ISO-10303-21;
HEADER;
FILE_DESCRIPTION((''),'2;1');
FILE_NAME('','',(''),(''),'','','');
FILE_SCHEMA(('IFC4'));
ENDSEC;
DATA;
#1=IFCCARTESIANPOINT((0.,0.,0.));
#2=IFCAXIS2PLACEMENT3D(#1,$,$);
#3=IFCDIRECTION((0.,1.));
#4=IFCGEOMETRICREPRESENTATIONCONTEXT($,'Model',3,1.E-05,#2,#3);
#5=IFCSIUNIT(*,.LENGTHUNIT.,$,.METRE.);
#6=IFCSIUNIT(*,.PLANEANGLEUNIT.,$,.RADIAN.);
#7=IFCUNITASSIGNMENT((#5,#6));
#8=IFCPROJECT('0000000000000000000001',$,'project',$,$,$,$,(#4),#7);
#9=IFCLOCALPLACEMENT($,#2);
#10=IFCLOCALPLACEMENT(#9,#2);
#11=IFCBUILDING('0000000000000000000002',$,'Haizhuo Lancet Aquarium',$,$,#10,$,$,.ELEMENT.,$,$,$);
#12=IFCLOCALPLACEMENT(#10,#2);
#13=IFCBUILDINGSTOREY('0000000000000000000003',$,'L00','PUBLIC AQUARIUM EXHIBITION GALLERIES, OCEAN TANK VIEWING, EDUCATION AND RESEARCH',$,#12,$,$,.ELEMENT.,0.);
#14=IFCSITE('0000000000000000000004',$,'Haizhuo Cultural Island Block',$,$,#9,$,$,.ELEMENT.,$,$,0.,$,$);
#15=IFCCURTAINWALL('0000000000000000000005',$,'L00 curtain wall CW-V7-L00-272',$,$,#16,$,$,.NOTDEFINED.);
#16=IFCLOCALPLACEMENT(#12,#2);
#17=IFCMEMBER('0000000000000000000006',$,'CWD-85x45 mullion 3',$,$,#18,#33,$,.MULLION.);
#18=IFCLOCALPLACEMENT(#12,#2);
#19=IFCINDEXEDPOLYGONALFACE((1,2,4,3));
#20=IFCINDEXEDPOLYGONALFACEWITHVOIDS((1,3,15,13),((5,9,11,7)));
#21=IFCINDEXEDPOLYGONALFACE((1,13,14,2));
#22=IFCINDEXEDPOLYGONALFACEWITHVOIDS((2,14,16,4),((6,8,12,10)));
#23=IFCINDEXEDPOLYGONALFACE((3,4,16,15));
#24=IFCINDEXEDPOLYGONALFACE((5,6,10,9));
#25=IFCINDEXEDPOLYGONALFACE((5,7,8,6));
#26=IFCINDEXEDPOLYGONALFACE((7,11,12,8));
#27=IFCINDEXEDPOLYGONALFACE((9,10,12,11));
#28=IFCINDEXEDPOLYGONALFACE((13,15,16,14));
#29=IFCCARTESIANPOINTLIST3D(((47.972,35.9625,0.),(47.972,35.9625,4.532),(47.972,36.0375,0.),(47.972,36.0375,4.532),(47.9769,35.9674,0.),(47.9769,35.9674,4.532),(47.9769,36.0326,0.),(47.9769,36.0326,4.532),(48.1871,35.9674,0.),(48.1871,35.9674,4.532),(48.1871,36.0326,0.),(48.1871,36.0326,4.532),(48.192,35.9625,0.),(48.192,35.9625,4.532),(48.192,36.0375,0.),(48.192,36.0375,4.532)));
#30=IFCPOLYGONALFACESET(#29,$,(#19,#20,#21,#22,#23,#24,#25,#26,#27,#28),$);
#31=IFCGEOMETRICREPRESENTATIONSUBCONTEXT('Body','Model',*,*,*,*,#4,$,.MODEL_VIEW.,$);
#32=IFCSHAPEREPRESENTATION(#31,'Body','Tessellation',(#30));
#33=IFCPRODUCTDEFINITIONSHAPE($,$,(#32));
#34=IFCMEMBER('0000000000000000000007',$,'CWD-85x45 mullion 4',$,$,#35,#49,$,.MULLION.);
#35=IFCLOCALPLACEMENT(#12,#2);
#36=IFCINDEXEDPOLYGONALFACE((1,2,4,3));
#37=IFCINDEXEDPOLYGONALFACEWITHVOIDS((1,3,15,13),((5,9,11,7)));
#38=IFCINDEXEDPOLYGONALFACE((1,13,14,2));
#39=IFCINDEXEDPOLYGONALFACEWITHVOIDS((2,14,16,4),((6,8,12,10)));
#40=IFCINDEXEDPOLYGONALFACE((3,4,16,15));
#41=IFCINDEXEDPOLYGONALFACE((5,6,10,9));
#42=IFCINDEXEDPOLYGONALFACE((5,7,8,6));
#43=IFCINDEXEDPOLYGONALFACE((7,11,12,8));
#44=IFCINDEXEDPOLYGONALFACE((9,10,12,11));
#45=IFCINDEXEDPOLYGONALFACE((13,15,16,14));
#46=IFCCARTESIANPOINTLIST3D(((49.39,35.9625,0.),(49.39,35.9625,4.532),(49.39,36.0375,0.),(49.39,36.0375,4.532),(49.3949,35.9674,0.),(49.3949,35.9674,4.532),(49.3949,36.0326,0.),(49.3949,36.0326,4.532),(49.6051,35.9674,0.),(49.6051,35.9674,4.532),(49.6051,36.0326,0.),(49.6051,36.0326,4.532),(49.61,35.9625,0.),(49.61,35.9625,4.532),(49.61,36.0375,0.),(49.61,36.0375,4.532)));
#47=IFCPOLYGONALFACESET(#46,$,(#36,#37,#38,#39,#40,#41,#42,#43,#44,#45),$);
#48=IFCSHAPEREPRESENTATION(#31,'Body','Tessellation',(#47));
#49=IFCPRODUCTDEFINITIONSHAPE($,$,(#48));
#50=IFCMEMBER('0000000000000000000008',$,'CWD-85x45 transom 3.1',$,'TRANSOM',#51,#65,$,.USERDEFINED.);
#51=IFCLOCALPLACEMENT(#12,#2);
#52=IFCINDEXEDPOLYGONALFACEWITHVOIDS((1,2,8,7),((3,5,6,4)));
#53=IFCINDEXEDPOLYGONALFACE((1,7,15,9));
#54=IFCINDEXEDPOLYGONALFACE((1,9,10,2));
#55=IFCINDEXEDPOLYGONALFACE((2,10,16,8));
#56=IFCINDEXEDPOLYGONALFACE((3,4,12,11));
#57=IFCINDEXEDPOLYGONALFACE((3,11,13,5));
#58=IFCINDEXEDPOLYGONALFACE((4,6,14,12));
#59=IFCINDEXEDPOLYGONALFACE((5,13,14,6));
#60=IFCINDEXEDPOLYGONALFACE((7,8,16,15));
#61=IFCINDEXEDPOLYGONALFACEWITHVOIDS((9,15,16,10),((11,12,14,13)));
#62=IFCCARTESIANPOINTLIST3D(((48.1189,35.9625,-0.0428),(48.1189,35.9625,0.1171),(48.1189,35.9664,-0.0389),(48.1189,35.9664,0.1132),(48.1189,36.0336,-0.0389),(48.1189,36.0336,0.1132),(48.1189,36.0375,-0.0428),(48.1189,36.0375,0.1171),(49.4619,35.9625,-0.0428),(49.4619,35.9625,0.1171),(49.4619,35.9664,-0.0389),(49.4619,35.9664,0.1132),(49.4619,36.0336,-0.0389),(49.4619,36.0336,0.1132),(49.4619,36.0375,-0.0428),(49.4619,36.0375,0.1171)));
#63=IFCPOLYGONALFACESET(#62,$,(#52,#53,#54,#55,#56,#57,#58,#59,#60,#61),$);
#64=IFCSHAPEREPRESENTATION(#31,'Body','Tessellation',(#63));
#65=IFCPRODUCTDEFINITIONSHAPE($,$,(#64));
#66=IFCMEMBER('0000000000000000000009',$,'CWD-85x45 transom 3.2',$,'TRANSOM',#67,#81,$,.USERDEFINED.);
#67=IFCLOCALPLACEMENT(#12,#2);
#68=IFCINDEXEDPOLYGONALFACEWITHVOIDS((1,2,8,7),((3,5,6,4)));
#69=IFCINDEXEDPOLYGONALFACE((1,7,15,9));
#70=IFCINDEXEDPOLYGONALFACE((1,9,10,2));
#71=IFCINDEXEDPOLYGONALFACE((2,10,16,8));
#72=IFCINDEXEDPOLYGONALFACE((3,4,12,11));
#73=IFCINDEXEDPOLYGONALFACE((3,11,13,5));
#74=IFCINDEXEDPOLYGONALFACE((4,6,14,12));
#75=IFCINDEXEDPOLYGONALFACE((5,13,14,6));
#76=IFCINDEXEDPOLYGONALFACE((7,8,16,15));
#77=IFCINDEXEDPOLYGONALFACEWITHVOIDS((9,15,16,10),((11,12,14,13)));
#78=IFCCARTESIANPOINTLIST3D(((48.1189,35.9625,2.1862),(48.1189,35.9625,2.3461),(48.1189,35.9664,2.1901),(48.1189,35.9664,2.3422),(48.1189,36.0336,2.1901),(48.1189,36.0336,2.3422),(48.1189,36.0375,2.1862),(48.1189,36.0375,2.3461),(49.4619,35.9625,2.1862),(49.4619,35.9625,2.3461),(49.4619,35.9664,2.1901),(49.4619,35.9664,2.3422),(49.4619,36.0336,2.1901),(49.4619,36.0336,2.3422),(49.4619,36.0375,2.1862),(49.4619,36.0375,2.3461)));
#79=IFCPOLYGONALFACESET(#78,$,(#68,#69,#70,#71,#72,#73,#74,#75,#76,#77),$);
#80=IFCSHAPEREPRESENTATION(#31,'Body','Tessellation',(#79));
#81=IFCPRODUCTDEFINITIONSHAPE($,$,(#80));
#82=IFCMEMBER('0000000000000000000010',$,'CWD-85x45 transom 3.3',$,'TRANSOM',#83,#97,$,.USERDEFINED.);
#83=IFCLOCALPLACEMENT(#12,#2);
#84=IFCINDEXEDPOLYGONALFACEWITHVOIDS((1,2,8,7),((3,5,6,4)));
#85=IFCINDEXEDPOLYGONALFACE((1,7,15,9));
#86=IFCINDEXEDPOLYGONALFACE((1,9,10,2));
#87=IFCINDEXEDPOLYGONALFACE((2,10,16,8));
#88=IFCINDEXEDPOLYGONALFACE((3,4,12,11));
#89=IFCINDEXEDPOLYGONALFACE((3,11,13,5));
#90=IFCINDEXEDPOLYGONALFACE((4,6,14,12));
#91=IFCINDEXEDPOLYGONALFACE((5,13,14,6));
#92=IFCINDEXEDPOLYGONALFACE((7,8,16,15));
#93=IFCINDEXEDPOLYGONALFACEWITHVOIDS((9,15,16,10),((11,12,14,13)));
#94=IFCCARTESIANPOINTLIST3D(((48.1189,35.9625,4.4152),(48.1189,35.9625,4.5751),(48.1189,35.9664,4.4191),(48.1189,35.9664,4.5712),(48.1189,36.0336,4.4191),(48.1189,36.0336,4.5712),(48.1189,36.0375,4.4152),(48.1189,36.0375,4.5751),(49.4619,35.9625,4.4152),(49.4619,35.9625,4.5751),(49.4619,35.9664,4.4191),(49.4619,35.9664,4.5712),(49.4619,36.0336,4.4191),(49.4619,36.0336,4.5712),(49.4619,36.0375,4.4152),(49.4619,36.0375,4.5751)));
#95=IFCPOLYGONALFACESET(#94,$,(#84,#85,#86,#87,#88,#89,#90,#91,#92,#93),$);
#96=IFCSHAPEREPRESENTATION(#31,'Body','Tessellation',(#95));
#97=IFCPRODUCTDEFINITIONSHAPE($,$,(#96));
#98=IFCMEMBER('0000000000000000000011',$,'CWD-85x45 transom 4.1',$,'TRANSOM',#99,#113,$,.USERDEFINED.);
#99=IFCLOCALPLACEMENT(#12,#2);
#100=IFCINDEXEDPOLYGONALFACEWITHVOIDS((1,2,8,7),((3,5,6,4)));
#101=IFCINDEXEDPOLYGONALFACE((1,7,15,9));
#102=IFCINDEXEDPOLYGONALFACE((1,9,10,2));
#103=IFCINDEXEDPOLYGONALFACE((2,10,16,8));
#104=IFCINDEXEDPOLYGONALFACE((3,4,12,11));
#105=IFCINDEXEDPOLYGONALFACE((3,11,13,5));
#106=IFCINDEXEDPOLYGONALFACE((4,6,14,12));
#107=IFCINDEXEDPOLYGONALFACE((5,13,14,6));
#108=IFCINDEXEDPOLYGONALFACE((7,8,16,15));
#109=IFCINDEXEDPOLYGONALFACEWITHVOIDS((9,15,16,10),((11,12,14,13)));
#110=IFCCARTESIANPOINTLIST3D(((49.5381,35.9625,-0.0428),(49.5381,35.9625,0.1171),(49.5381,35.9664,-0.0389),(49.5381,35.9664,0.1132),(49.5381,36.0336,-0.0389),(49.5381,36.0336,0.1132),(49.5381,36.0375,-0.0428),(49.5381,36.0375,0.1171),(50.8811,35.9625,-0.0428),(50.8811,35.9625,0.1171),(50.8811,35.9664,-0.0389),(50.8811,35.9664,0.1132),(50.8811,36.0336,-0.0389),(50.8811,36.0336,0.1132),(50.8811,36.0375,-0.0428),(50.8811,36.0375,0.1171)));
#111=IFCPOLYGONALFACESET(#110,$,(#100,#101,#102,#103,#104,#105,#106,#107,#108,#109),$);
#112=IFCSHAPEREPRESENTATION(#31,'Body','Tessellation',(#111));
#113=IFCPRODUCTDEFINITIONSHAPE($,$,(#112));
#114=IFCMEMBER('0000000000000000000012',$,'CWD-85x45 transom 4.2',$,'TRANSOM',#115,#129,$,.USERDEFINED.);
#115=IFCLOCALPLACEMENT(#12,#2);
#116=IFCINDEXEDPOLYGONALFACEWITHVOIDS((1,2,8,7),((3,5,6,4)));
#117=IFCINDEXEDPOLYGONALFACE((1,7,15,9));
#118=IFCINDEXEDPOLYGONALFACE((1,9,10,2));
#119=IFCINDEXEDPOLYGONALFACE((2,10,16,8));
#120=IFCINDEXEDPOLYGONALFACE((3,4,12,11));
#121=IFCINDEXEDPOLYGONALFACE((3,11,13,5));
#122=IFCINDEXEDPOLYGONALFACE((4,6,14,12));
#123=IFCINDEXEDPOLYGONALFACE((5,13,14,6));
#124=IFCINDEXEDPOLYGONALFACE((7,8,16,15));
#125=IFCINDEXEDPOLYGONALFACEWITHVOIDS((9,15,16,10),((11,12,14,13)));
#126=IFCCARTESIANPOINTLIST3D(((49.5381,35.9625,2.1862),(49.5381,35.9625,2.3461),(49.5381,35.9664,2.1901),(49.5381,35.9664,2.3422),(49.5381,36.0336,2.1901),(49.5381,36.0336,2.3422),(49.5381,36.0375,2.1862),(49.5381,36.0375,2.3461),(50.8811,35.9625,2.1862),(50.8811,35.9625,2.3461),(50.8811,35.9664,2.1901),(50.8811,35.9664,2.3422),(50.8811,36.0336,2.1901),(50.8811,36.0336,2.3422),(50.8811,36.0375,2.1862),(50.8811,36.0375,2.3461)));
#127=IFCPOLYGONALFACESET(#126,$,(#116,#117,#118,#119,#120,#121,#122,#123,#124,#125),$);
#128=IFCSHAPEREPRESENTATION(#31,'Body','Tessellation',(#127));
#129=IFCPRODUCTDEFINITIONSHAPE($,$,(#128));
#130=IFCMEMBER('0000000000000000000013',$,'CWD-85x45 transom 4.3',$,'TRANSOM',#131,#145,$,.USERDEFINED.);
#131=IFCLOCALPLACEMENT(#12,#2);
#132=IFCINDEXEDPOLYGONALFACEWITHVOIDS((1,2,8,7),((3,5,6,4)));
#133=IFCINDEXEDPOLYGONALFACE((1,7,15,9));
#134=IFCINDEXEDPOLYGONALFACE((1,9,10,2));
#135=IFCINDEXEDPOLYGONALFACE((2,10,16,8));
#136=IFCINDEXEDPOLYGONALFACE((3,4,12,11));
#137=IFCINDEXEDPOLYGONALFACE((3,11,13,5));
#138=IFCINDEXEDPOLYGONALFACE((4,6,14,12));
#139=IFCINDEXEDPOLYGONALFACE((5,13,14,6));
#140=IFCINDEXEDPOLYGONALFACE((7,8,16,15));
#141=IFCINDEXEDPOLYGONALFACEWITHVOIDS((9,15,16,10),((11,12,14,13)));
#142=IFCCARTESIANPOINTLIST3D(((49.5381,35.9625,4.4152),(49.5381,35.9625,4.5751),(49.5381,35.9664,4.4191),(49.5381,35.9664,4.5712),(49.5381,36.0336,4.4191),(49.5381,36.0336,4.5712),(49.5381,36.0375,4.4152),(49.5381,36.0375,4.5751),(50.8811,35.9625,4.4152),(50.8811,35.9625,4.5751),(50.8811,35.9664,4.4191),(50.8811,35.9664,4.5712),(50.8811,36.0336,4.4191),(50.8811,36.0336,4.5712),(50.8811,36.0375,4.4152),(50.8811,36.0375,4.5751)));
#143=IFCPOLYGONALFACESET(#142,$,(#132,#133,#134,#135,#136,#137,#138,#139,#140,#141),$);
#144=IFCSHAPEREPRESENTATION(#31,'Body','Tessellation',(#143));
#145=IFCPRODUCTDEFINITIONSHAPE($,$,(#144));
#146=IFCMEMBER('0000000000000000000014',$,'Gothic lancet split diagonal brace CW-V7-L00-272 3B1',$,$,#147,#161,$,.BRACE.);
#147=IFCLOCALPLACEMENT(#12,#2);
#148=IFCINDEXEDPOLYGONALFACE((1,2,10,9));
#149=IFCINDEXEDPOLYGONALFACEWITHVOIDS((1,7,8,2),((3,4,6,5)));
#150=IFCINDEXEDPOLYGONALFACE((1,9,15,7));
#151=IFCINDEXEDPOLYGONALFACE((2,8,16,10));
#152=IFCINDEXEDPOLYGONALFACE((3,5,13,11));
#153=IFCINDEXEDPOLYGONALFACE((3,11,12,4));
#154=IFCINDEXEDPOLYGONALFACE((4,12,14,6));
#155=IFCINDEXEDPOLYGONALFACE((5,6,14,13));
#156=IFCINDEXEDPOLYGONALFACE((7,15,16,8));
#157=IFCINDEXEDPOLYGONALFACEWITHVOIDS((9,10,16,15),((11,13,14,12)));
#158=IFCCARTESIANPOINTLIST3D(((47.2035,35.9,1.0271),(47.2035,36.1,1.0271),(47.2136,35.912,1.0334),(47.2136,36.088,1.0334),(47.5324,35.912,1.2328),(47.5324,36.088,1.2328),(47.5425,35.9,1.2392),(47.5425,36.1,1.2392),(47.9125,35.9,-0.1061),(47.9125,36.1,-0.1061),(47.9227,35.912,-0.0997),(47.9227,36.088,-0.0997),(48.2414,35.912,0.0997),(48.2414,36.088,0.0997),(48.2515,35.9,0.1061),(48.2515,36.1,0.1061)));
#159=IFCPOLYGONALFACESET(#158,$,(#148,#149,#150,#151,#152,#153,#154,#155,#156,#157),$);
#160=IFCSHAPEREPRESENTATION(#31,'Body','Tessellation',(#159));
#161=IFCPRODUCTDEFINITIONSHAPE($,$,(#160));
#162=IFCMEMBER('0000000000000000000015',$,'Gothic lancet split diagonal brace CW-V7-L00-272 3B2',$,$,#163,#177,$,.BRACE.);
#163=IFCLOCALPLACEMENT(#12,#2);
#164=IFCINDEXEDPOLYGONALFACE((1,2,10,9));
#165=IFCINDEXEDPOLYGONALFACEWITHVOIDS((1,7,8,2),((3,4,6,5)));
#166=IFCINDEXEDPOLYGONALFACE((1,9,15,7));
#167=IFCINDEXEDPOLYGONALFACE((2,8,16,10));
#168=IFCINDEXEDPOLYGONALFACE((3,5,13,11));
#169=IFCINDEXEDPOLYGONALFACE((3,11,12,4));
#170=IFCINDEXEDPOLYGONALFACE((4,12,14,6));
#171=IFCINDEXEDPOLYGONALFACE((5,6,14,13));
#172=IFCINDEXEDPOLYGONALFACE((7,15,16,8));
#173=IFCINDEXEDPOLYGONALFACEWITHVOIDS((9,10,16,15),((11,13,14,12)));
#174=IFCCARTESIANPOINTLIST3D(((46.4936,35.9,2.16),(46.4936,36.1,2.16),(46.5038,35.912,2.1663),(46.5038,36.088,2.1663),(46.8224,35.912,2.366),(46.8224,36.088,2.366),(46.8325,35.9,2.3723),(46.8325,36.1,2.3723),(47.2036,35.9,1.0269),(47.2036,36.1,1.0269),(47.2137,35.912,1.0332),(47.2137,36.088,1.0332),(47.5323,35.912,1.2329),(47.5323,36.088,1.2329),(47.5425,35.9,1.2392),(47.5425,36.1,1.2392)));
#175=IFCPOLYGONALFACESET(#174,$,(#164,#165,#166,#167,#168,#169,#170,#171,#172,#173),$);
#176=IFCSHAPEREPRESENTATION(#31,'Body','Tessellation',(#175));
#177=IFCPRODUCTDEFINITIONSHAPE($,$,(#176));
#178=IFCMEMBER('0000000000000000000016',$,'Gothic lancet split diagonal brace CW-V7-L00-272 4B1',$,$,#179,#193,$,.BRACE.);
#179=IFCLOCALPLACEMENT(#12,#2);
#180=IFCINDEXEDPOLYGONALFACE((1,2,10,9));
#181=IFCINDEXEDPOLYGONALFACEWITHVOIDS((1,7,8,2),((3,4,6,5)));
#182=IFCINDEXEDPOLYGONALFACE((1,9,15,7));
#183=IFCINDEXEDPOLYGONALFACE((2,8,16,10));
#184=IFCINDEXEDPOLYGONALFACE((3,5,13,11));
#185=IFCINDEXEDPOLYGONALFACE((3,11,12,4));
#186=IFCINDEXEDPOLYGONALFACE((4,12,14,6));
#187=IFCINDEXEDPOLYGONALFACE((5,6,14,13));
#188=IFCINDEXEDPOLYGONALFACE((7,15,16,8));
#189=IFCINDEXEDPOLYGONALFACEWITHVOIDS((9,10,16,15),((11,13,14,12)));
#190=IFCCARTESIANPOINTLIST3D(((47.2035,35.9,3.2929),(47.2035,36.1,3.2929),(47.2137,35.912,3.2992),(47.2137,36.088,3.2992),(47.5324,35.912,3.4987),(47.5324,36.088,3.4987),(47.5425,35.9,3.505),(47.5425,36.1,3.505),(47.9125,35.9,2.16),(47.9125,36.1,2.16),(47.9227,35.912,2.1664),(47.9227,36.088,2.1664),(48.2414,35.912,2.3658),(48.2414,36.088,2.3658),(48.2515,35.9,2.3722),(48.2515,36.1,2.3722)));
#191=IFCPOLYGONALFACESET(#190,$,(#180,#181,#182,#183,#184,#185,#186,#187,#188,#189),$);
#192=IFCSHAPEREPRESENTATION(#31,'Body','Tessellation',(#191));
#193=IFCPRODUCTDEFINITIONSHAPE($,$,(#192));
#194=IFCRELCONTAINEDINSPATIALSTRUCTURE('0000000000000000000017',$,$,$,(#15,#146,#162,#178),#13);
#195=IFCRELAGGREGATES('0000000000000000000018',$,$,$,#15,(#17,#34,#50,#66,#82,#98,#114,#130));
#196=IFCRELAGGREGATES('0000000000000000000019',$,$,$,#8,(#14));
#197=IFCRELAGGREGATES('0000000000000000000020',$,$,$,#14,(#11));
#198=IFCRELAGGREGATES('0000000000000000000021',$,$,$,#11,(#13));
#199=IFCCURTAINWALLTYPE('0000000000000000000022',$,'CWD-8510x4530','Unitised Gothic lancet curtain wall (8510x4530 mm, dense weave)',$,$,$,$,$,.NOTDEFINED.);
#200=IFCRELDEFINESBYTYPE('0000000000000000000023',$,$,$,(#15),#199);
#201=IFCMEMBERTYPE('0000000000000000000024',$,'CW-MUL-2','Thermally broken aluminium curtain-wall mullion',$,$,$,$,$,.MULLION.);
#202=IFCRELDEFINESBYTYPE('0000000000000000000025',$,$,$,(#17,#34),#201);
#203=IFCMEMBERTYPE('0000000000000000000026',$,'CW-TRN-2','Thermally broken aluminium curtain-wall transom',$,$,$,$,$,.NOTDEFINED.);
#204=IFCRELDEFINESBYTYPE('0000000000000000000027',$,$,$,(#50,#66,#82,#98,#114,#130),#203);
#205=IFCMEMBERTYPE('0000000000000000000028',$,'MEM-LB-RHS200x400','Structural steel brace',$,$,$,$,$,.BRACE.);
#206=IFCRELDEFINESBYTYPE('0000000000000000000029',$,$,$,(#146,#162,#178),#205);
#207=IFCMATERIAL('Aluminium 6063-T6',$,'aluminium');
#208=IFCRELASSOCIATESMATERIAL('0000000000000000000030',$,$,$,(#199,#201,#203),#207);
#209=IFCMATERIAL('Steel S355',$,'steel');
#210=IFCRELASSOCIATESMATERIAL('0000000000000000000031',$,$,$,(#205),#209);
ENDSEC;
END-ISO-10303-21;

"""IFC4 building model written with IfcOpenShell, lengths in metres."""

from ifc_helpers import new_model, si_unit, direction, frame, origin, origin_2d, place, context, subcontext, project, spatial, hollow_rectangle, extrude, material, material_profile, profile_set, type_object, element, aggregate, save


model = new_model("IFC4")

# Units and contexts
model_context = context("Model", 3, precision=1e-05, world=origin(), true_north=direction((0.0, 1.0)))
body_context = subcontext(model_context, "Body", "Model", "MODEL_VIEW")
ifc_project = project(units=[si_unit("LENGTHUNIT", "METRE"), si_unit("PLANEANGLEUNIT", "RADIAN")], contexts=[model_context])

# Site, building, storey
site_placement = place(None, origin())
site = spatial("IfcSite", under=ifc_project, at=site_placement, Name="Haizhuo Cultural Island Block", CompositionType="ELEMENT", RefElevation=0.0)
building_placement = place(site_placement, origin())
building = spatial("IfcBuilding", under=site, at=building_placement, Name="Haizhuo Lancet Aquarium", CompositionType="ELEMENT")
storey_placement = place(building_placement, origin())
storey = spatial("IfcBuildingStorey", under=building, at=storey_placement, Name="L00", Description="PUBLIC AQUARIUM EXHIBITION GALLERIES, OCEAN TANK VIEWING, EDUCATION AND RESEARCH", CompositionType="ELEMENT", Elevation=0.0)

# Curtain wall, members
ifc_material_1 = material(Name="Aluminium 6063-T6", Category="aluminium")
curtain_wall_type = type_object("IfcCurtainWallType", Name="CWD-8510x4530", Description="Unitised Gothic lancet curtain wall (8510x4530 mm, dense weave)", PredefinedType="NOTDEFINED", material=ifc_material_1)
curtain_wall_placement = place(storey_placement, origin())
curtain_wall = element("IfcCurtainWall", 1, at=curtain_wall_placement, inside=storey, type_object=curtain_wall_type, Name="L00 curtain wall CW-V7-L00-272", PredefinedType="NOTDEFINED")
ifc_material_profile_1 = material_profile(ifc_material_1, hollow_rectangle(XDim=0.075, YDim=0.22, WallThickness=0.0049, at=origin_2d()), Name="ALU-M 75x220x5")
ifc_profile_set_1 = profile_set([ifc_material_profile_1], Name="Aluminium 6063-T6")
member_type_1 = type_object("IfcMemberType", Name="CW-MUL-2", Description="Thermally broken aluminium curtain-wall mullion", PredefinedType="MULLION", material=ifc_profile_set_1)
member_1_placement = place(storey_placement, frame((48.082, 36.0, 0.0), z_axis=(0.0, 0.0, 1.0), x_axis=(0.0, 1.0, 0.0)))
member_1 = element("IfcMember", 2, at=member_1_placement, type_object=member_type_1, Name="CWD-85x45 mullion 3", PredefinedType="MULLION", context=body_context, shape_type="SweptSolid", body=[
    extrude(hollow_rectangle(XDim=0.075, YDim=0.22, WallThickness=0.0049, at=origin_2d()), origin(), (0.0, 0.0, 1.0), 4.532),
])
member_2_placement = place(storey_placement, frame((49.5, 36.0, 0.0), z_axis=(0.0, 0.0, 1.0), x_axis=(0.0, 1.0, 0.0)))
member_2 = element("IfcMember", 3, at=member_2_placement, type_object=member_type_1, Name="CWD-85x45 mullion 4", PredefinedType="MULLION", context=body_context, shape_type="SweptSolid", body=[
    extrude(hollow_rectangle(XDim=0.075, YDim=0.22, WallThickness=0.0049, at=origin_2d()), origin(), (0.0, 0.0, 1.0), 4.532),
])
ifc_material_profile_2 = material_profile(ifc_material_1, hollow_rectangle(XDim=0.075, YDim=0.1599, WallThickness=0.0039, at=origin_2d()), Name="ALU-T 75x160x4")
ifc_profile_set_2 = profile_set([ifc_material_profile_2], Name="Aluminium 6063-T6")
member_type_2 = type_object("IfcMemberType", Name="CW-TRN-2", Description="Thermally broken aluminium curtain-wall transom", PredefinedType="NOTDEFINED", material=ifc_profile_set_2)
member_3_placement = place(storey_placement, frame((48.1189, 36.0, 0.0371), z_axis=(1.0, 0.0, 0.0), x_axis=(0.0, 1.0, 0.0)))
member_3 = element("IfcMember", 4, at=member_3_placement, type_object=member_type_2, Name="CWD-85x45 transom 3.1", ObjectType="TRANSOM", PredefinedType="USERDEFINED", context=body_context, shape_type="SweptSolid", body=[
    extrude(hollow_rectangle(XDim=0.075, YDim=0.1599, WallThickness=0.0039, at=origin_2d()), origin(), (0.0, 0.0, 1.0), 1.343),
])
member_4_placement = place(storey_placement, frame((48.1189, 36.0, 2.2661), z_axis=(1.0, 0.0, 0.0), x_axis=(0.0, 1.0, 0.0)))
member_4 = element("IfcMember", 5, at=member_4_placement, type_object=member_type_2, Name="CWD-85x45 transom 3.2", ObjectType="TRANSOM", PredefinedType="USERDEFINED", context=body_context, shape_type="SweptSolid", body=[
    extrude(hollow_rectangle(XDim=0.075, YDim=0.1599, WallThickness=0.0039, at=origin_2d()), origin(), (0.0, 0.0, 1.0), 1.343),
])
member_5_placement = place(storey_placement, frame((48.1189, 36.0, 4.4951), z_axis=(1.0, 0.0, 0.0), x_axis=(0.0, 1.0, 0.0)))
member_5 = element("IfcMember", 6, at=member_5_placement, type_object=member_type_2, Name="CWD-85x45 transom 3.3", ObjectType="TRANSOM", PredefinedType="USERDEFINED", context=body_context, shape_type="SweptSolid", body=[
    extrude(hollow_rectangle(XDim=0.075, YDim=0.1599, WallThickness=0.0039, at=origin_2d()), origin(), (0.0, 0.0, 1.0), 1.343),
])
member_6_placement = place(storey_placement, frame((49.5381, 36.0, 0.0371), z_axis=(1.0, 0.0, 0.0), x_axis=(0.0, 1.0, 0.0)))
member_6 = element("IfcMember", 7, at=member_6_placement, type_object=member_type_2, Name="CWD-85x45 transom 4.1", ObjectType="TRANSOM", PredefinedType="USERDEFINED", context=body_context, shape_type="SweptSolid", body=[
    extrude(hollow_rectangle(XDim=0.075, YDim=0.1599, WallThickness=0.0039, at=origin_2d()), origin(), (0.0, 0.0, 1.0), 1.343),
])
member_7_placement = place(storey_placement, frame((49.5381, 36.0, 2.2661), z_axis=(1.0, 0.0, 0.0), x_axis=(0.0, 1.0, 0.0)))
member_7 = element("IfcMember", 8, at=member_7_placement, type_object=member_type_2, Name="CWD-85x45 transom 4.2", ObjectType="TRANSOM", PredefinedType="USERDEFINED", context=body_context, shape_type="SweptSolid", body=[
    extrude(hollow_rectangle(XDim=0.075, YDim=0.1599, WallThickness=0.0039, at=origin_2d()), origin(), (0.0, 0.0, 1.0), 1.343),
])
member_8_placement = place(storey_placement, frame((49.5381, 36.0, 4.4951), z_axis=(1.0, 0.0, 0.0), x_axis=(0.0, 1.0, 0.0)))
member_8 = element("IfcMember", 9, at=member_8_placement, type_object=member_type_2, Name="CWD-85x45 transom 4.3", ObjectType="TRANSOM", PredefinedType="USERDEFINED", context=body_context, shape_type="SweptSolid", body=[
    extrude(hollow_rectangle(XDim=0.075, YDim=0.1599, WallThickness=0.0039, at=origin_2d()), origin(), (0.0, 0.0, 1.0), 1.343),
])

# Members
ifc_material_2 = material(Name="Steel S355", Category="steel")
ifc_material_profile_3 = material_profile(ifc_material_2, hollow_rectangle(XDim=0.2, YDim=0.3999, WallThickness=0.012, at=origin_2d()), Name="RHS 200x400x12")
ifc_profile_set_3 = profile_set([ifc_material_profile_3], Name="Steel S355")
member_type_3 = type_object("IfcMemberType", Name="MEM-LB-RHS200x400", Description="Structural steel brace", PredefinedType="BRACE", material=ifc_profile_set_3)
member_9_placement = place(storey_placement, frame((48.082, 36.0, 0.0), z_axis=(-0.530442, 0.0, 0.847721), x_axis=(0.0, -1.0, 0.0)))
element("IfcMember", 10, at=member_9_placement, inside=storey, type_object=member_type_3, Name="Gothic lancet split diagonal brace CW-V7-L00-272 3B1", PredefinedType="BRACE", context=body_context, shape_type="SweptSolid", body=[
    extrude(hollow_rectangle(XDim=0.2, YDim=0.3999, WallThickness=0.012, at=origin_2d()), origin(), (0.0, 0.0, 1.0), 1.3367),
])
member_10_placement = place(storey_placement, frame((47.373, 36.0, 1.1331), z_axis=(-0.530967, 0.0, 0.847393), x_axis=(0.0, -1.0, 0.0)))
element("IfcMember", 11, at=member_10_placement, inside=storey, type_object=member_type_3, Name="Gothic lancet split diagonal brace CW-V7-L00-272 3B2", PredefinedType="BRACE", context=body_context, shape_type="SweptSolid", body=[
    extrude(hollow_rectangle(XDim=0.2, YDim=0.3999, WallThickness=0.012, at=origin_2d()), origin(), (0.0, 0.0, 1.0), 1.3372),
])
member_11_placement = place(storey_placement, frame((48.082, 36.0, 2.2661), z_axis=(-0.530524, 0.0, 0.84767), x_axis=(0.0, -1.0, 0.0)))
element("IfcMember", 12, at=member_11_placement, inside=storey, type_object=member_type_3, Name="Gothic lancet split diagonal brace CW-V7-L00-272 4B1", PredefinedType="BRACE", context=body_context, shape_type="SweptSolid", body=[
    extrude(hollow_rectangle(XDim=0.2, YDim=0.3999, WallThickness=0.012, at=origin_2d()), origin(), (0.0, 0.0, 1.0), 1.3364),
])

aggregate(curtain_wall, [member_1, member_2, member_3, member_4, member_5, member_6, member_7, member_8])

save(model, "model.ifc")
